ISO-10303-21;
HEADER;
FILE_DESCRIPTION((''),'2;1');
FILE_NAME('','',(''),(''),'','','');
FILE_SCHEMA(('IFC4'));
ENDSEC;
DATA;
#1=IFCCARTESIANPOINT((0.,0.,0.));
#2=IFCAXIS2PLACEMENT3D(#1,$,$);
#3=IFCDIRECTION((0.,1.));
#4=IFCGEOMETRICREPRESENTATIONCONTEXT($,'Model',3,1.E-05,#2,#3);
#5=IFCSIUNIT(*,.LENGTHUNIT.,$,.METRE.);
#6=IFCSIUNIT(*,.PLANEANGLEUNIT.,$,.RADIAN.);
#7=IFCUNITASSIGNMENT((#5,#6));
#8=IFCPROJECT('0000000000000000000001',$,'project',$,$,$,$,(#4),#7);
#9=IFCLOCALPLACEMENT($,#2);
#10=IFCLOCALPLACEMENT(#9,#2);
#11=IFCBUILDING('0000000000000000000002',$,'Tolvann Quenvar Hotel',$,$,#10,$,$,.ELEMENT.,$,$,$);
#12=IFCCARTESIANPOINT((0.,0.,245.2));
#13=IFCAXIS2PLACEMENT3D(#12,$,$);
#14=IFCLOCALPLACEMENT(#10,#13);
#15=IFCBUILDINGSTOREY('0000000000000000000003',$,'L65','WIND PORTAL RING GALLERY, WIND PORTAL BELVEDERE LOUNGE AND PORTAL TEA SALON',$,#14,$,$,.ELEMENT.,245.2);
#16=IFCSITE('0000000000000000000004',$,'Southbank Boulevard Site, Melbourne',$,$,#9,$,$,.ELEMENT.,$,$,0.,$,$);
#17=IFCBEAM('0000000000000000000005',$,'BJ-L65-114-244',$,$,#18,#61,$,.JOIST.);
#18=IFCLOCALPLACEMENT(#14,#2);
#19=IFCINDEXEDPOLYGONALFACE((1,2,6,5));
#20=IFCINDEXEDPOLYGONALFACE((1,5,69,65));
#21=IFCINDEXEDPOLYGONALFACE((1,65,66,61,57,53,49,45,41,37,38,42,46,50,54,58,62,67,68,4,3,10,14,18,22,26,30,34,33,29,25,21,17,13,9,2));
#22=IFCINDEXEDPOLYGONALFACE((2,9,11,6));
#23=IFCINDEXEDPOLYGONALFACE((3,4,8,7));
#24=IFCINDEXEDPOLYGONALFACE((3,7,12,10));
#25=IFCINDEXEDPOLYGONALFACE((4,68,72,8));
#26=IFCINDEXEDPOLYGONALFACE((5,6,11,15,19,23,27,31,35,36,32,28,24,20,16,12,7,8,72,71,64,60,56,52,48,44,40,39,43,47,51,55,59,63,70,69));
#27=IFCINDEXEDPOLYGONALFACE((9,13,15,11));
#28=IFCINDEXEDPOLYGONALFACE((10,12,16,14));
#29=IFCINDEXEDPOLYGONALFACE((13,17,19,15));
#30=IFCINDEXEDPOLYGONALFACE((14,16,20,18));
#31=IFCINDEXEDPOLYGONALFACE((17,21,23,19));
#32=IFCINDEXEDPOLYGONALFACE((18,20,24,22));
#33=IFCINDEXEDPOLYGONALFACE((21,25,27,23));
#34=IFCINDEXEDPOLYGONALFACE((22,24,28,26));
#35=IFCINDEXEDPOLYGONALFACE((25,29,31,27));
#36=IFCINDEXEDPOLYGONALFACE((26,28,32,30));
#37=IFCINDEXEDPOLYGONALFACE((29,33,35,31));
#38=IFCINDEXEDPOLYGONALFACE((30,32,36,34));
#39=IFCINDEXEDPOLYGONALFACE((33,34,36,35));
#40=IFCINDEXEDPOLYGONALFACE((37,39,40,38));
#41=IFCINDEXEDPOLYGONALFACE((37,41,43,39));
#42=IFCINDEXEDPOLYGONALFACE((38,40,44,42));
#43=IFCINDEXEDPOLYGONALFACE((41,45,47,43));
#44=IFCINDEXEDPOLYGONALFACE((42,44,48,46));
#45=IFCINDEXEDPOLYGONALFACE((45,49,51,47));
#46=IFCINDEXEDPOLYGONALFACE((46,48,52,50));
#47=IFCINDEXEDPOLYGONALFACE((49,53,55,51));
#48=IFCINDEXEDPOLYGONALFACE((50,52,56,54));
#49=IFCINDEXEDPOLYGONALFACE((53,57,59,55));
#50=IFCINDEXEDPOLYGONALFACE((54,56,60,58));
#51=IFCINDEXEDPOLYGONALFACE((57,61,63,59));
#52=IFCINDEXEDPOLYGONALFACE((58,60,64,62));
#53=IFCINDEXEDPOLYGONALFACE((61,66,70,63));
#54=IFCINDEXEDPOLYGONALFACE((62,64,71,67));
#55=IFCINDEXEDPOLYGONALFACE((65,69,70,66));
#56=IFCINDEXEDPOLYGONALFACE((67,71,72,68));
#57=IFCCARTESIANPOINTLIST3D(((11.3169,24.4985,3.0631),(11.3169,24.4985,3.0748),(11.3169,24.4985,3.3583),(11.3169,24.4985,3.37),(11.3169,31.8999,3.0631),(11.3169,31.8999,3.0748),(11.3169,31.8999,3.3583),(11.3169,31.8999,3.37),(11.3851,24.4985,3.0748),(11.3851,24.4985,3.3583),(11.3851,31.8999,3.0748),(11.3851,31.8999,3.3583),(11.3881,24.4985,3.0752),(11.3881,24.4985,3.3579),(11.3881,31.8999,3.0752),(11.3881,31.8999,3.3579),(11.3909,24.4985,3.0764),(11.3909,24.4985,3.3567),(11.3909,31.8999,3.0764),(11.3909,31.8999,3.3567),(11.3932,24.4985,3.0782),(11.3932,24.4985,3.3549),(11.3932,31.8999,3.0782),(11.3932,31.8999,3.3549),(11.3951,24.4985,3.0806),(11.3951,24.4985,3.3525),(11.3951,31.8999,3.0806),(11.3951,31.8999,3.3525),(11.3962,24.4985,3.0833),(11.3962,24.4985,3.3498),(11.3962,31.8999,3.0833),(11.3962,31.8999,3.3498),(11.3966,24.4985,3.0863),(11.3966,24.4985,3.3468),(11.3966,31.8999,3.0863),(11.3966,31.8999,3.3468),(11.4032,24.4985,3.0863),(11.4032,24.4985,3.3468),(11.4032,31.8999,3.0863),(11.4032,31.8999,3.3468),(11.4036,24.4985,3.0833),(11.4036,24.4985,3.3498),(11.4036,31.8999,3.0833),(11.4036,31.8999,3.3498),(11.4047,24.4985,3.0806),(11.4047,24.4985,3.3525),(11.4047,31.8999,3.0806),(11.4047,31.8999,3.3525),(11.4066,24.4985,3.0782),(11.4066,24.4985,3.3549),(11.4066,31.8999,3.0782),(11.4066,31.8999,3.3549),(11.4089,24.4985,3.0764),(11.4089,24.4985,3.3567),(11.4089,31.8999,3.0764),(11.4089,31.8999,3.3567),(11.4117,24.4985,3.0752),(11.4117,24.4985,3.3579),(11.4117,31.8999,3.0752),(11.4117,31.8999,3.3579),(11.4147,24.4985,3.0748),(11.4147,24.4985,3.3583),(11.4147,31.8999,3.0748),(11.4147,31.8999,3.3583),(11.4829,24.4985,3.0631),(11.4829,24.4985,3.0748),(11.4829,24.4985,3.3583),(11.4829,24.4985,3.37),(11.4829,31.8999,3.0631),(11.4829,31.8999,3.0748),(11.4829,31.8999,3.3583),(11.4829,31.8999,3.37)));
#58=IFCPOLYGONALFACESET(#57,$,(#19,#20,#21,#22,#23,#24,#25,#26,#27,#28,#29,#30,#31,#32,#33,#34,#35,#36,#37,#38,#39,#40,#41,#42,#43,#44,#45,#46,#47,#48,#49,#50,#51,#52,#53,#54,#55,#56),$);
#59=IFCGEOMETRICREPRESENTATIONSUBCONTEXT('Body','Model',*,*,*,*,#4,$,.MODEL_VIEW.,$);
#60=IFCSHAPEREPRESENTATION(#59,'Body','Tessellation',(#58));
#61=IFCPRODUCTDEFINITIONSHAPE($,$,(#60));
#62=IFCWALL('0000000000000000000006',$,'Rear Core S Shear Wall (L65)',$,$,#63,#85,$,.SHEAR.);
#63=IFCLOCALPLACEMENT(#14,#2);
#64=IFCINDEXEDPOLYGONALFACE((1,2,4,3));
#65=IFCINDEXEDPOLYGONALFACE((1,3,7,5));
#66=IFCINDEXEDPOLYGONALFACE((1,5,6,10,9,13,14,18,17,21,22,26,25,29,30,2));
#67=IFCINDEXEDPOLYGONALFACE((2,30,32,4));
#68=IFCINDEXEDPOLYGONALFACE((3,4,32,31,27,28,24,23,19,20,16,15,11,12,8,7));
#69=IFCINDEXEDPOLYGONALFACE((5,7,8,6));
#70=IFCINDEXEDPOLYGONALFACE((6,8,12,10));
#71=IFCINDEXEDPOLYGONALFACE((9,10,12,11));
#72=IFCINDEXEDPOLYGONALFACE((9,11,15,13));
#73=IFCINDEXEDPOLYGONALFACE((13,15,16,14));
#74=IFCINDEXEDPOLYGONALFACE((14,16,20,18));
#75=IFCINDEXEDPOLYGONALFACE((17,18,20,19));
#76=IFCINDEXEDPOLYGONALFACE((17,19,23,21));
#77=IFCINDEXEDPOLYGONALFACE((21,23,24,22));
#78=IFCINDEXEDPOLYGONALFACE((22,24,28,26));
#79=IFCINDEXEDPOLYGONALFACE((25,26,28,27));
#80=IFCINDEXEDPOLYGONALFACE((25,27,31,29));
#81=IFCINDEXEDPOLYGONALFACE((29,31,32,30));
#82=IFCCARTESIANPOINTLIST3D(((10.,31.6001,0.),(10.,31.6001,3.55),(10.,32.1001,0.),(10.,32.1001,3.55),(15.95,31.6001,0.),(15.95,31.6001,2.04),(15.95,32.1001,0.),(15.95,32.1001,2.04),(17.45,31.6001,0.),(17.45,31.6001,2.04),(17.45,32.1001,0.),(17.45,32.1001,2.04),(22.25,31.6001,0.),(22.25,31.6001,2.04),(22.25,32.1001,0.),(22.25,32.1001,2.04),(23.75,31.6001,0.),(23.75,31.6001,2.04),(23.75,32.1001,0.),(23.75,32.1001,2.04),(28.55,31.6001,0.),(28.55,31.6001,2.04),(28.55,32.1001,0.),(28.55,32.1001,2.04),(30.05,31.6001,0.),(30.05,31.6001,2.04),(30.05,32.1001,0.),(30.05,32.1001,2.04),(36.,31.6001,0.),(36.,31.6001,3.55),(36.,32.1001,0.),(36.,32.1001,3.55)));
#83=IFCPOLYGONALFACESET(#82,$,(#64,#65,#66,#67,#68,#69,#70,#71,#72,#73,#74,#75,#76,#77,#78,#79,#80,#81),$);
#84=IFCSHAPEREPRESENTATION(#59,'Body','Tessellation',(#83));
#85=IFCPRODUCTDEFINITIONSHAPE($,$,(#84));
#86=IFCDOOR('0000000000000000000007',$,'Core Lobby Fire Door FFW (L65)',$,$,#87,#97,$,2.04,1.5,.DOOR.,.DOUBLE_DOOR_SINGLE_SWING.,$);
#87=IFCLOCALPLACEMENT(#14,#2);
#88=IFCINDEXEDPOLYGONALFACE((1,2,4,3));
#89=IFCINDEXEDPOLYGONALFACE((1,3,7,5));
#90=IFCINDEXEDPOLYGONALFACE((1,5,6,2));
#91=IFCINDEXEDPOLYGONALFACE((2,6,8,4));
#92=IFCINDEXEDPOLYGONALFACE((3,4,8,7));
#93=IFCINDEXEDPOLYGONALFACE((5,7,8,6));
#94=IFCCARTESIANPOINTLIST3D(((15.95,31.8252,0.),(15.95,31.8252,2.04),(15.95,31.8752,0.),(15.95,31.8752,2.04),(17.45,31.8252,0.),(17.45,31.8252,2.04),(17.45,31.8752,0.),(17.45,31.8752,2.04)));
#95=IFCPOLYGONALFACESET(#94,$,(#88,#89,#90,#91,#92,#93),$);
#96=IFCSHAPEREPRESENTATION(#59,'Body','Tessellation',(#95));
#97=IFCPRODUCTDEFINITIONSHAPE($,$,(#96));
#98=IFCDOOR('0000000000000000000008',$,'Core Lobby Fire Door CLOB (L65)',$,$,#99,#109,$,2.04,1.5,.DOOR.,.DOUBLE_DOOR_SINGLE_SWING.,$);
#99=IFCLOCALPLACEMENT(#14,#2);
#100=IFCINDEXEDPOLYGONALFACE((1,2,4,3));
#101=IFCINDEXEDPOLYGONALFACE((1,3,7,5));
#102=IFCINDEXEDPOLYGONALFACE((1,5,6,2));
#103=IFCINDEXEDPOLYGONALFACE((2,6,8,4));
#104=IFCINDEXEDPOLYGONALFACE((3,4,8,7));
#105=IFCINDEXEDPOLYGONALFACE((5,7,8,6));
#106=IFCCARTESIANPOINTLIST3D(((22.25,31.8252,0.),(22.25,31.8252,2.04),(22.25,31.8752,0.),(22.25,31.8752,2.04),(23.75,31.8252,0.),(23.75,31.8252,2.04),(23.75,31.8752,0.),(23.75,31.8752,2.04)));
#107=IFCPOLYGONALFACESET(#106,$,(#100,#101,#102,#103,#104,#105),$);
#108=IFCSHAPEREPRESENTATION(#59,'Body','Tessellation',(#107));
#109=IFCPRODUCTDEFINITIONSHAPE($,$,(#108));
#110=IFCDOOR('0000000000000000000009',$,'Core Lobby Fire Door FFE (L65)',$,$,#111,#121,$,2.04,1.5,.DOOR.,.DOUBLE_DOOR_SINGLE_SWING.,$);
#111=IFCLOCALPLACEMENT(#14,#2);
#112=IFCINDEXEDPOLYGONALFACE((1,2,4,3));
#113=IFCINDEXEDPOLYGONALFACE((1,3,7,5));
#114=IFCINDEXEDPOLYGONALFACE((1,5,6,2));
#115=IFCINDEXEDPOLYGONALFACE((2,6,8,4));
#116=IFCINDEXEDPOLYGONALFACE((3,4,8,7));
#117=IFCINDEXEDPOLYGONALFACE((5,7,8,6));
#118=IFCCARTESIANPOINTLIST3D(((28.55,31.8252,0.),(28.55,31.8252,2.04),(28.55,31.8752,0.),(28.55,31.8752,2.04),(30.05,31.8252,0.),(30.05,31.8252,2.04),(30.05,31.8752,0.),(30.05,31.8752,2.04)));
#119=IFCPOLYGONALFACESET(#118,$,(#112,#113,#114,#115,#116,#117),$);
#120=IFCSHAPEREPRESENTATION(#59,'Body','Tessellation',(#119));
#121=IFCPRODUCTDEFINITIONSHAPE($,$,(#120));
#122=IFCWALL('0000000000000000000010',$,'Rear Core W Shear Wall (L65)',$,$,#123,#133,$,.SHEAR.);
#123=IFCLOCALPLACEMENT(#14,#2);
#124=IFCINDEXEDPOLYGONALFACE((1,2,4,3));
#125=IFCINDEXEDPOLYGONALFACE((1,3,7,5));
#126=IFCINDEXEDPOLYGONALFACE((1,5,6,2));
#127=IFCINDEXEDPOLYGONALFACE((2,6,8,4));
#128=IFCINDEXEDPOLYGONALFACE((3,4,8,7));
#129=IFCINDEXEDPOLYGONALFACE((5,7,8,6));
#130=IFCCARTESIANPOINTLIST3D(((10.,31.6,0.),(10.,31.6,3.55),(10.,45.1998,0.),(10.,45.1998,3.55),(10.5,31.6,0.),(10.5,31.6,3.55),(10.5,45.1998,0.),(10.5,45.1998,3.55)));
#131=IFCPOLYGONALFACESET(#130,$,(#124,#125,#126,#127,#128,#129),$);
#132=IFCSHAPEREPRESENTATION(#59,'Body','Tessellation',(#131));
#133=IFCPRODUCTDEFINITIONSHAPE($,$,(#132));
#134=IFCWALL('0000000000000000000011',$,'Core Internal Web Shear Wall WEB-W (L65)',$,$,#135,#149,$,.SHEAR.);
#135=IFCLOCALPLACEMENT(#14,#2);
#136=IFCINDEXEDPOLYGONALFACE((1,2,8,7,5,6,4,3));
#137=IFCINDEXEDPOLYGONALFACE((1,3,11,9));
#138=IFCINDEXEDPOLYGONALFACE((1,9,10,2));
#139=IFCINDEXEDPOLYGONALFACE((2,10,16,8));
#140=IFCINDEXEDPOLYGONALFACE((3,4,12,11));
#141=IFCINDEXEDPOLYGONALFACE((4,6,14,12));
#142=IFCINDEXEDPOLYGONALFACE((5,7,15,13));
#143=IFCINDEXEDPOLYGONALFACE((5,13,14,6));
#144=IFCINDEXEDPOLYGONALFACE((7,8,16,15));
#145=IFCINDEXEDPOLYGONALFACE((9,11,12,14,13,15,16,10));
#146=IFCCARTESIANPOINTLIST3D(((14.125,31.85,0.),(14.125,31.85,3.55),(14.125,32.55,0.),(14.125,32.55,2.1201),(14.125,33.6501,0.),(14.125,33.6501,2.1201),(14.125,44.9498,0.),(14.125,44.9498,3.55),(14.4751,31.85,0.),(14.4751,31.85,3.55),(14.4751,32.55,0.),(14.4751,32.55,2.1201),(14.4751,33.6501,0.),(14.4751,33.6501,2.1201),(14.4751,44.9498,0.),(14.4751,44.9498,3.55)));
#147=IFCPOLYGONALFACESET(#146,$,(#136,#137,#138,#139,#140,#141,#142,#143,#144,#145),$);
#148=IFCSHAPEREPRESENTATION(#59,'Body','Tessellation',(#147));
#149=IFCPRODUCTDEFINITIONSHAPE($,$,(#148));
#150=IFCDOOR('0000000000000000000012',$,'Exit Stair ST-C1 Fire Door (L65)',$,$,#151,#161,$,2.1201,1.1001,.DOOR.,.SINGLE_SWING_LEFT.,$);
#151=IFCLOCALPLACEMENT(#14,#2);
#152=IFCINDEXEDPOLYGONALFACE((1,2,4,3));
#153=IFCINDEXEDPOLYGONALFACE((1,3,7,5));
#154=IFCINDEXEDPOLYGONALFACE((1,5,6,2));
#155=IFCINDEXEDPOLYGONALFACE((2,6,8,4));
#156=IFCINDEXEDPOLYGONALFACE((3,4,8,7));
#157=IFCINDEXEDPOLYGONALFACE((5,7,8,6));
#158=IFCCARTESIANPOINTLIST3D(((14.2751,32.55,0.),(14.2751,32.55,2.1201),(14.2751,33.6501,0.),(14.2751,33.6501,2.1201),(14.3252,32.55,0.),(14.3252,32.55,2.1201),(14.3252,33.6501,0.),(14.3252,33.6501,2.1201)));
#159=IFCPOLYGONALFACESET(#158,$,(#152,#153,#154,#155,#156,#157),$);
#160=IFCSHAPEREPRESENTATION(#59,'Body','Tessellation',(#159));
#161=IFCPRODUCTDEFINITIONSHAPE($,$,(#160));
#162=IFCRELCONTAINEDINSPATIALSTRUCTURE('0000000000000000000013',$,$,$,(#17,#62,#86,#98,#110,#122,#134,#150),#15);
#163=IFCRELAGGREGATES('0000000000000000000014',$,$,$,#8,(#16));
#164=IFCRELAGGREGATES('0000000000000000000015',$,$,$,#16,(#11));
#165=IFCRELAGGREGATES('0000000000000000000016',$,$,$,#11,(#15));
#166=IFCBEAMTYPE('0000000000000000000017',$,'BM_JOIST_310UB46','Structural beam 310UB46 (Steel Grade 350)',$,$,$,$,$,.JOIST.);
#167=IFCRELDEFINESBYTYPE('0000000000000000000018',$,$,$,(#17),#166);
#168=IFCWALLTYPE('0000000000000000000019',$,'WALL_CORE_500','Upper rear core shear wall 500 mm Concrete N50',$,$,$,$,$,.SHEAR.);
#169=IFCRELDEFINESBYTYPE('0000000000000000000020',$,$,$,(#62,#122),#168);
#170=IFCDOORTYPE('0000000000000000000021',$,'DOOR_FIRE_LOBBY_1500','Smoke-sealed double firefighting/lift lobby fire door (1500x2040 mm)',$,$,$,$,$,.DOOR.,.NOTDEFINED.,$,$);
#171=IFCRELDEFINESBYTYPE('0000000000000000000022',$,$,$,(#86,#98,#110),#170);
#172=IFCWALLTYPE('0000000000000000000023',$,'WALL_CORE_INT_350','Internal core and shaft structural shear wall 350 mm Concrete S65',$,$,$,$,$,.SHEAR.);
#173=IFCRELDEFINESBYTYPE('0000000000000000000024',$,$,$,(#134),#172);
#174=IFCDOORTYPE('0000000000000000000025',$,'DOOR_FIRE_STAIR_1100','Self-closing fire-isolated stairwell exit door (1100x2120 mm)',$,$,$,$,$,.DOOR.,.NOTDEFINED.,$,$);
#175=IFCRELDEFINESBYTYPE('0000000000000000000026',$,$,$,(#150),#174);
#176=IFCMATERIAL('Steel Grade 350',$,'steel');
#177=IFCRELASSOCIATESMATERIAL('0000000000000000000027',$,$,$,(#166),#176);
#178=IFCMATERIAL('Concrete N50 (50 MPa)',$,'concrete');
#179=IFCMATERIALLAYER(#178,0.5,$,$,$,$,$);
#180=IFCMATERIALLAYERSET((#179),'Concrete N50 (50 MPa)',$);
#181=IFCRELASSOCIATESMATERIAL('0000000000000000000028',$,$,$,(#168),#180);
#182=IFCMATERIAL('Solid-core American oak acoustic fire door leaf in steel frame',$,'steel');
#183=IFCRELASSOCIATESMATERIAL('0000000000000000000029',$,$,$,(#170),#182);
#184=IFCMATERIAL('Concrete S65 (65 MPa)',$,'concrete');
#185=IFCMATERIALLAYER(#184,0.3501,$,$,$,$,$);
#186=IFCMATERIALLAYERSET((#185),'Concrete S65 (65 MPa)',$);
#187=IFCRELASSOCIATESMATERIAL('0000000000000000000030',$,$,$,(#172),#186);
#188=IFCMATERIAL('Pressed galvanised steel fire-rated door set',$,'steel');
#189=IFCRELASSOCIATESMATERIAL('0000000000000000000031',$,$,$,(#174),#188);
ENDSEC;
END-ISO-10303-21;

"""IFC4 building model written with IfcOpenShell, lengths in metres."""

from ifc_helpers import new_model, si_unit, direction, frame, frame_2d, origin, origin_2d, place, context, subcontext, project, spatial, rectangle, i_section, extrude, source, transform, mapped, material, layer, layer_set, material_profile, profile_set, type_object, type_shapes, element, fill, save


model = new_model("IFC4")

# Units and contexts
model_context = context("Model", 3, precision=1e-05, world=origin(), true_north=direction((0.0, 1.0)))
body_context = subcontext(model_context, "Body", "Model", "MODEL_VIEW")
ifc_project = project(units=[si_unit("LENGTHUNIT", "METRE"), si_unit("PLANEANGLEUNIT", "RADIAN")], contexts=[model_context])

# Site, building, storey
site_placement = place(None, origin())
site = spatial("IfcSite", under=ifc_project, at=site_placement, Name="Southbank Boulevard Site, Melbourne", CompositionType="ELEMENT", RefElevation=0.0)
building_placement = place(site_placement, origin())
building = spatial("IfcBuilding", under=site, at=building_placement, Name="Tolvann Quenvar Hotel", CompositionType="ELEMENT")
storey_placement = place(building_placement, frame((0.0, 0.0, 245.2)))
storey = spatial("IfcBuildingStorey", under=building, at=storey_placement, Name="L65", Description="WIND PORTAL RING GALLERY, WIND PORTAL BELVEDERE LOUNGE AND PORTAL TEA SALON", CompositionType="ELEMENT", Elevation=245.2)

# Shared definitions
ifc_material_1 = material(Name="Steel Grade 350", Category="steel")

# Beam
ifc_material_2 = material(Name="Concrete N50 (50 MPa)", Category="concrete")
ifc_material_profile_1 = material_profile(ifc_material_1, i_section(OverallWidth=0.166, OverallDepth=0.3069, WebThickness=0.0066, FlangeThickness=0.0117, FilletRadius=0.0115, at=origin_2d()), Name="310UB46")
ifc_profile_set_1 = profile_set([ifc_material_profile_1], Name="Steel Grade 350")
beam_type_1 = type_object("IfcBeamType", Name="BM_JOIST_310UB46", Description="Structural beam 310UB46 (Steel Grade 350)", PredefinedType="JOIST", material=ifc_profile_set_1)
shared_shape_1 = source(origin(), body_context, "Body", "SweptSolid", [
    extrude(i_section(OverallWidth=0.166, OverallDepth=0.3069, WebThickness=0.0066, FlangeThickness=0.0117, FilletRadius=0.0115, at=origin_2d()), origin(), (0.0, 0.0, 1.0), 7.4014),
])
beam_1_placement = place(storey_placement, frame((11.3999, 24.4985, 3.2166), z_axis=(0.0, 1.0, 0.0), x_axis=(-1.0, 0.0, 0.0)))
element("IfcBeam", 1, at=beam_1_placement, inside=storey, type_object=beam_type_1, Name="BJ-L65-114-244", PredefinedType="JOIST", context=body_context, shape_type="MappedRepresentation", body=[
    mapped(shared_shape_1, transform((0.0, 0.0, 0.0), x_axis=(1.0, 0.0, 0.0), y_axis=(0.0, 1.0, 0.0), z_axis=(0.0, 0.0, 1.0), scale=1.0)),
])

# Wall, openings, doors
ifc_layer_1 = layer(ifc_material_2, 0.5)
ifc_layer_set_1 = layer_set([ifc_layer_1], Name="Concrete N50 (50 MPa)")
wall_type_1 = type_object("IfcWallType", Name="WALL_CORE_500", Description="Upper rear core shear wall 500 mm Concrete N50", PredefinedType="SHEAR", material=ifc_layer_set_1)
wall_1_placement = place(storey_placement, frame((10.0, 31.8501, 0.0), z_axis=(0.0, 0.0, 1.0), x_axis=(1.0, 0.0, 0.0)))
wall_1 = element("IfcWall", 2, at=wall_1_placement, inside=storey, type_object=wall_type_1, Name="Rear Core S Shear Wall (L65)", PredefinedType="SHEAR", context=body_context, shape_type="SweptSolid", body=[
    extrude(rectangle(XDim=26.0, YDim=0.5, at=frame_2d((13.0, 0.0))), origin(), (0.0, 0.0, 1.0), 3.55),
])
opening_1_placement = place(wall_1_placement, frame((7.45, 0.0, 0.0), z_axis=(0.0, 0.0, 1.0), x_axis=(-1.0, 0.0, 0.0)))
opening_1 = element("IfcOpeningElement", 3, at=opening_1_placement, cuts=wall_1, PredefinedType="OPENING", context=body_context, shape_type="SweptSolid", body=[
    extrude(rectangle(XDim=1.5, YDim=2.04, at=frame_2d((0.75, 1.02))), frame((0.0, 0.26, 0.0), z_axis=(0.0, -1.0, 0.0), x_axis=(1.0, 0.0, 0.0)), (0.0, 0.0, 1.0), 0.52),
])
opening_2_placement = place(wall_1_placement, frame((13.75, 0.0, 0.0), z_axis=(0.0, 0.0, 1.0), x_axis=(-1.0, 0.0, 0.0)))
opening_2 = element("IfcOpeningElement", 4, at=opening_2_placement, cuts=wall_1, PredefinedType="OPENING", context=body_context, shape_type="SweptSolid", body=[
    extrude(rectangle(XDim=1.5, YDim=2.04, at=frame_2d((0.75, 1.02))), frame((0.0, 0.26, 0.0), z_axis=(0.0, -1.0, 0.0), x_axis=(1.0, 0.0, 0.0)), (0.0, 0.0, 1.0), 0.52),
])
opening_3_placement = place(wall_1_placement, frame((20.05, 0.0, 0.0), z_axis=(0.0, 0.0, 1.0), x_axis=(-1.0, 0.0, 0.0)))
opening_3 = element("IfcOpeningElement", 5, at=opening_3_placement, cuts=wall_1, PredefinedType="OPENING", context=body_context, shape_type="SweptSolid", body=[
    extrude(rectangle(XDim=1.5, YDim=2.04, at=frame_2d((0.75, 1.02))), frame((0.0, 0.26, 0.0), z_axis=(0.0, -1.0, 0.0), x_axis=(1.0, 0.0, 0.0)), (0.0, 0.0, 1.0), 0.52),
])
ifc_material_3 = material(Name="Solid-core American oak acoustic fire door leaf in steel frame", Category="steel")
door_type_1 = type_object("IfcDoorType", Name="DOOR_FIRE_LOBBY_1500", Description="Smoke-sealed double firefighting/lift lobby fire door (1500x2040 mm)", OperationType="NOTDEFINED", PredefinedType="DOOR", material=ifc_material_3)
shared_shape_2 = source(origin(), body_context, "Body", "SweptSolid", [
    extrude(rectangle(XDim=1.5, YDim=2.04, at=frame_2d((0.75, 1.02))), frame((0.0, 0.0249, 0.0), z_axis=(0.0, -1.0, 0.0), x_axis=(1.0, 0.0, 0.0)), (0.0, 0.0, 1.0), 0.05),
])
type_shapes(door_type_1, [shared_shape_2])
door_1_placement = place(opening_1_placement, origin())
door_1 = element("IfcDoor", 6, at=door_1_placement, inside=storey, type_object=door_type_1, Name="Core Lobby Fire Door FFW (L65)", OperationType="DOUBLE_DOOR_SINGLE_SWING", OverallHeight=2.04, OverallWidth=1.5, PredefinedType="DOOR", context=body_context, shape_type="MappedRepresentation", body=[
    mapped(shared_shape_2, transform((0.0, 0.0, 0.0), x_axis=(1.0, 0.0, 0.0), y_axis=(0.0, 1.0, 0.0), z_axis=(0.0, 0.0, 1.0), scale=1.0)),
])
fill(opening_1, door_1)
door_2_placement = place(opening_2_placement, origin())
door_2 = element("IfcDoor", 7, at=door_2_placement, inside=storey, type_object=door_type_1, Name="Core Lobby Fire Door CLOB (L65)", OperationType="DOUBLE_DOOR_SINGLE_SWING", OverallHeight=2.04, OverallWidth=1.5, PredefinedType="DOOR", context=body_context, shape_type="MappedRepresentation", body=[
    mapped(shared_shape_2, transform((0.0, 0.0, 0.0), x_axis=(1.0, 0.0, 0.0), y_axis=(0.0, 1.0, 0.0), z_axis=(0.0, 0.0, 1.0), scale=1.0)),
])
fill(opening_2, door_2)
door_3_placement = place(opening_3_placement, origin())
door_3 = element("IfcDoor", 8, at=door_3_placement, inside=storey, type_object=door_type_1, Name="Core Lobby Fire Door FFE (L65)", OperationType="DOUBLE_DOOR_SINGLE_SWING", OverallHeight=2.04, OverallWidth=1.5, PredefinedType="DOOR", context=body_context, shape_type="MappedRepresentation", body=[
    mapped(shared_shape_2, transform((0.0, 0.0, 0.0), x_axis=(1.0, 0.0, 0.0), y_axis=(0.0, 1.0, 0.0), z_axis=(0.0, 0.0, 1.0), scale=1.0)),
])
fill(opening_3, door_3)

# Wall
wall_2_placement = place(storey_placement, frame((10.25, 31.6001, 0.0), z_axis=(0.0, 0.0, 1.0), x_axis=(0.0, 1.0, 0.0)))
element("IfcWall", 9, at=wall_2_placement, inside=storey, type_object=wall_type_1, Name="Rear Core W Shear Wall (L65)", PredefinedType="SHEAR", context=body_context, shape_type="SweptSolid", body=[
    extrude(rectangle(XDim=13.5999, YDim=0.5, at=frame_2d((6.7998, 0.0))), origin(), (0.0, 0.0, 1.0), 3.55),
])

# Wall, opening, door
ifc_material_4 = material(Name="Concrete S65 (65 MPa)", Category="concrete")
ifc_layer_2 = layer(ifc_material_4, 0.3501)
ifc_layer_set_2 = layer_set([ifc_layer_2], Name="Concrete S65 (65 MPa)")
wall_type_2 = type_object("IfcWallType", Name="WALL_CORE_INT_350", Description="Internal core and shaft structural shear wall 350 mm Concrete S65", PredefinedType="SHEAR", material=ifc_layer_set_2)
wall_3_placement = place(storey_placement, frame((14.3, 31.8501, 0.0), z_axis=(0.0, 0.0, 1.0), x_axis=(0.0, 1.0, 0.0)))
wall_3 = element("IfcWall", 10, at=wall_3_placement, inside=storey, type_object=wall_type_2, Name="Core Internal Web Shear Wall WEB-W (L65)", PredefinedType="SHEAR", context=body_context, shape_type="SweptSolid", body=[
    extrude(rectangle(XDim=13.0999, YDim=0.3501, at=frame_2d((6.5498, 0.0))), origin(), (0.0, 0.0, 1.0), 3.55),
])
opening_4_placement = place(wall_3_placement, frame((0.7, 0.0, 0.0)))
opening_4 = element("IfcOpeningElement", 11, at=opening_4_placement, cuts=wall_3, PredefinedType="OPENING", context=body_context, shape_type="SweptSolid", body=[
    extrude(rectangle(XDim=1.1001, YDim=2.1201, at=frame_2d((0.55, 1.0601))), frame((0.0, 0.1851, 0.0), z_axis=(0.0, -1.0, 0.0), x_axis=(1.0, 0.0, 0.0)), (0.0, 0.0, 1.0), 0.3701),
])
ifc_material_5 = material(Name="Pressed galvanised steel fire-rated door set", Category="steel")
door_type_2 = type_object("IfcDoorType", Name="DOOR_FIRE_STAIR_1100", Description="Self-closing fire-isolated stairwell exit door (1100x2120 mm)", OperationType="NOTDEFINED", PredefinedType="DOOR", material=ifc_material_5)
shared_shape_3 = source(origin(), body_context, "Body", "SweptSolid", [
    extrude(rectangle(XDim=1.1001, YDim=2.1201, at=frame_2d((0.55, 1.0601))), frame((0.0, 0.0249, 0.0), z_axis=(0.0, -1.0, 0.0), x_axis=(1.0, 0.0, 0.0)), (0.0, 0.0, 1.0), 0.05),
])
type_shapes(door_type_2, [shared_shape_3])
door_4_placement = place(opening_4_placement, origin())
door_4 = element("IfcDoor", 12, at=door_4_placement, inside=storey, type_object=door_type_2, Name="Exit Stair ST-C1 Fire Door (L65)", OperationType="SINGLE_SWING_LEFT", OverallHeight=2.1201, OverallWidth=1.1001, PredefinedType="DOOR", context=body_context, shape_type="MappedRepresentation", body=[
    mapped(shared_shape_3, transform((0.0, 0.0, 0.0), x_axis=(1.0, 0.0, 0.0), y_axis=(0.0, 1.0, 0.0), z_axis=(0.0, 0.0, 1.0), scale=1.0)),
])
fill(opening_4, door_4)

save(model, "model.ifc")
